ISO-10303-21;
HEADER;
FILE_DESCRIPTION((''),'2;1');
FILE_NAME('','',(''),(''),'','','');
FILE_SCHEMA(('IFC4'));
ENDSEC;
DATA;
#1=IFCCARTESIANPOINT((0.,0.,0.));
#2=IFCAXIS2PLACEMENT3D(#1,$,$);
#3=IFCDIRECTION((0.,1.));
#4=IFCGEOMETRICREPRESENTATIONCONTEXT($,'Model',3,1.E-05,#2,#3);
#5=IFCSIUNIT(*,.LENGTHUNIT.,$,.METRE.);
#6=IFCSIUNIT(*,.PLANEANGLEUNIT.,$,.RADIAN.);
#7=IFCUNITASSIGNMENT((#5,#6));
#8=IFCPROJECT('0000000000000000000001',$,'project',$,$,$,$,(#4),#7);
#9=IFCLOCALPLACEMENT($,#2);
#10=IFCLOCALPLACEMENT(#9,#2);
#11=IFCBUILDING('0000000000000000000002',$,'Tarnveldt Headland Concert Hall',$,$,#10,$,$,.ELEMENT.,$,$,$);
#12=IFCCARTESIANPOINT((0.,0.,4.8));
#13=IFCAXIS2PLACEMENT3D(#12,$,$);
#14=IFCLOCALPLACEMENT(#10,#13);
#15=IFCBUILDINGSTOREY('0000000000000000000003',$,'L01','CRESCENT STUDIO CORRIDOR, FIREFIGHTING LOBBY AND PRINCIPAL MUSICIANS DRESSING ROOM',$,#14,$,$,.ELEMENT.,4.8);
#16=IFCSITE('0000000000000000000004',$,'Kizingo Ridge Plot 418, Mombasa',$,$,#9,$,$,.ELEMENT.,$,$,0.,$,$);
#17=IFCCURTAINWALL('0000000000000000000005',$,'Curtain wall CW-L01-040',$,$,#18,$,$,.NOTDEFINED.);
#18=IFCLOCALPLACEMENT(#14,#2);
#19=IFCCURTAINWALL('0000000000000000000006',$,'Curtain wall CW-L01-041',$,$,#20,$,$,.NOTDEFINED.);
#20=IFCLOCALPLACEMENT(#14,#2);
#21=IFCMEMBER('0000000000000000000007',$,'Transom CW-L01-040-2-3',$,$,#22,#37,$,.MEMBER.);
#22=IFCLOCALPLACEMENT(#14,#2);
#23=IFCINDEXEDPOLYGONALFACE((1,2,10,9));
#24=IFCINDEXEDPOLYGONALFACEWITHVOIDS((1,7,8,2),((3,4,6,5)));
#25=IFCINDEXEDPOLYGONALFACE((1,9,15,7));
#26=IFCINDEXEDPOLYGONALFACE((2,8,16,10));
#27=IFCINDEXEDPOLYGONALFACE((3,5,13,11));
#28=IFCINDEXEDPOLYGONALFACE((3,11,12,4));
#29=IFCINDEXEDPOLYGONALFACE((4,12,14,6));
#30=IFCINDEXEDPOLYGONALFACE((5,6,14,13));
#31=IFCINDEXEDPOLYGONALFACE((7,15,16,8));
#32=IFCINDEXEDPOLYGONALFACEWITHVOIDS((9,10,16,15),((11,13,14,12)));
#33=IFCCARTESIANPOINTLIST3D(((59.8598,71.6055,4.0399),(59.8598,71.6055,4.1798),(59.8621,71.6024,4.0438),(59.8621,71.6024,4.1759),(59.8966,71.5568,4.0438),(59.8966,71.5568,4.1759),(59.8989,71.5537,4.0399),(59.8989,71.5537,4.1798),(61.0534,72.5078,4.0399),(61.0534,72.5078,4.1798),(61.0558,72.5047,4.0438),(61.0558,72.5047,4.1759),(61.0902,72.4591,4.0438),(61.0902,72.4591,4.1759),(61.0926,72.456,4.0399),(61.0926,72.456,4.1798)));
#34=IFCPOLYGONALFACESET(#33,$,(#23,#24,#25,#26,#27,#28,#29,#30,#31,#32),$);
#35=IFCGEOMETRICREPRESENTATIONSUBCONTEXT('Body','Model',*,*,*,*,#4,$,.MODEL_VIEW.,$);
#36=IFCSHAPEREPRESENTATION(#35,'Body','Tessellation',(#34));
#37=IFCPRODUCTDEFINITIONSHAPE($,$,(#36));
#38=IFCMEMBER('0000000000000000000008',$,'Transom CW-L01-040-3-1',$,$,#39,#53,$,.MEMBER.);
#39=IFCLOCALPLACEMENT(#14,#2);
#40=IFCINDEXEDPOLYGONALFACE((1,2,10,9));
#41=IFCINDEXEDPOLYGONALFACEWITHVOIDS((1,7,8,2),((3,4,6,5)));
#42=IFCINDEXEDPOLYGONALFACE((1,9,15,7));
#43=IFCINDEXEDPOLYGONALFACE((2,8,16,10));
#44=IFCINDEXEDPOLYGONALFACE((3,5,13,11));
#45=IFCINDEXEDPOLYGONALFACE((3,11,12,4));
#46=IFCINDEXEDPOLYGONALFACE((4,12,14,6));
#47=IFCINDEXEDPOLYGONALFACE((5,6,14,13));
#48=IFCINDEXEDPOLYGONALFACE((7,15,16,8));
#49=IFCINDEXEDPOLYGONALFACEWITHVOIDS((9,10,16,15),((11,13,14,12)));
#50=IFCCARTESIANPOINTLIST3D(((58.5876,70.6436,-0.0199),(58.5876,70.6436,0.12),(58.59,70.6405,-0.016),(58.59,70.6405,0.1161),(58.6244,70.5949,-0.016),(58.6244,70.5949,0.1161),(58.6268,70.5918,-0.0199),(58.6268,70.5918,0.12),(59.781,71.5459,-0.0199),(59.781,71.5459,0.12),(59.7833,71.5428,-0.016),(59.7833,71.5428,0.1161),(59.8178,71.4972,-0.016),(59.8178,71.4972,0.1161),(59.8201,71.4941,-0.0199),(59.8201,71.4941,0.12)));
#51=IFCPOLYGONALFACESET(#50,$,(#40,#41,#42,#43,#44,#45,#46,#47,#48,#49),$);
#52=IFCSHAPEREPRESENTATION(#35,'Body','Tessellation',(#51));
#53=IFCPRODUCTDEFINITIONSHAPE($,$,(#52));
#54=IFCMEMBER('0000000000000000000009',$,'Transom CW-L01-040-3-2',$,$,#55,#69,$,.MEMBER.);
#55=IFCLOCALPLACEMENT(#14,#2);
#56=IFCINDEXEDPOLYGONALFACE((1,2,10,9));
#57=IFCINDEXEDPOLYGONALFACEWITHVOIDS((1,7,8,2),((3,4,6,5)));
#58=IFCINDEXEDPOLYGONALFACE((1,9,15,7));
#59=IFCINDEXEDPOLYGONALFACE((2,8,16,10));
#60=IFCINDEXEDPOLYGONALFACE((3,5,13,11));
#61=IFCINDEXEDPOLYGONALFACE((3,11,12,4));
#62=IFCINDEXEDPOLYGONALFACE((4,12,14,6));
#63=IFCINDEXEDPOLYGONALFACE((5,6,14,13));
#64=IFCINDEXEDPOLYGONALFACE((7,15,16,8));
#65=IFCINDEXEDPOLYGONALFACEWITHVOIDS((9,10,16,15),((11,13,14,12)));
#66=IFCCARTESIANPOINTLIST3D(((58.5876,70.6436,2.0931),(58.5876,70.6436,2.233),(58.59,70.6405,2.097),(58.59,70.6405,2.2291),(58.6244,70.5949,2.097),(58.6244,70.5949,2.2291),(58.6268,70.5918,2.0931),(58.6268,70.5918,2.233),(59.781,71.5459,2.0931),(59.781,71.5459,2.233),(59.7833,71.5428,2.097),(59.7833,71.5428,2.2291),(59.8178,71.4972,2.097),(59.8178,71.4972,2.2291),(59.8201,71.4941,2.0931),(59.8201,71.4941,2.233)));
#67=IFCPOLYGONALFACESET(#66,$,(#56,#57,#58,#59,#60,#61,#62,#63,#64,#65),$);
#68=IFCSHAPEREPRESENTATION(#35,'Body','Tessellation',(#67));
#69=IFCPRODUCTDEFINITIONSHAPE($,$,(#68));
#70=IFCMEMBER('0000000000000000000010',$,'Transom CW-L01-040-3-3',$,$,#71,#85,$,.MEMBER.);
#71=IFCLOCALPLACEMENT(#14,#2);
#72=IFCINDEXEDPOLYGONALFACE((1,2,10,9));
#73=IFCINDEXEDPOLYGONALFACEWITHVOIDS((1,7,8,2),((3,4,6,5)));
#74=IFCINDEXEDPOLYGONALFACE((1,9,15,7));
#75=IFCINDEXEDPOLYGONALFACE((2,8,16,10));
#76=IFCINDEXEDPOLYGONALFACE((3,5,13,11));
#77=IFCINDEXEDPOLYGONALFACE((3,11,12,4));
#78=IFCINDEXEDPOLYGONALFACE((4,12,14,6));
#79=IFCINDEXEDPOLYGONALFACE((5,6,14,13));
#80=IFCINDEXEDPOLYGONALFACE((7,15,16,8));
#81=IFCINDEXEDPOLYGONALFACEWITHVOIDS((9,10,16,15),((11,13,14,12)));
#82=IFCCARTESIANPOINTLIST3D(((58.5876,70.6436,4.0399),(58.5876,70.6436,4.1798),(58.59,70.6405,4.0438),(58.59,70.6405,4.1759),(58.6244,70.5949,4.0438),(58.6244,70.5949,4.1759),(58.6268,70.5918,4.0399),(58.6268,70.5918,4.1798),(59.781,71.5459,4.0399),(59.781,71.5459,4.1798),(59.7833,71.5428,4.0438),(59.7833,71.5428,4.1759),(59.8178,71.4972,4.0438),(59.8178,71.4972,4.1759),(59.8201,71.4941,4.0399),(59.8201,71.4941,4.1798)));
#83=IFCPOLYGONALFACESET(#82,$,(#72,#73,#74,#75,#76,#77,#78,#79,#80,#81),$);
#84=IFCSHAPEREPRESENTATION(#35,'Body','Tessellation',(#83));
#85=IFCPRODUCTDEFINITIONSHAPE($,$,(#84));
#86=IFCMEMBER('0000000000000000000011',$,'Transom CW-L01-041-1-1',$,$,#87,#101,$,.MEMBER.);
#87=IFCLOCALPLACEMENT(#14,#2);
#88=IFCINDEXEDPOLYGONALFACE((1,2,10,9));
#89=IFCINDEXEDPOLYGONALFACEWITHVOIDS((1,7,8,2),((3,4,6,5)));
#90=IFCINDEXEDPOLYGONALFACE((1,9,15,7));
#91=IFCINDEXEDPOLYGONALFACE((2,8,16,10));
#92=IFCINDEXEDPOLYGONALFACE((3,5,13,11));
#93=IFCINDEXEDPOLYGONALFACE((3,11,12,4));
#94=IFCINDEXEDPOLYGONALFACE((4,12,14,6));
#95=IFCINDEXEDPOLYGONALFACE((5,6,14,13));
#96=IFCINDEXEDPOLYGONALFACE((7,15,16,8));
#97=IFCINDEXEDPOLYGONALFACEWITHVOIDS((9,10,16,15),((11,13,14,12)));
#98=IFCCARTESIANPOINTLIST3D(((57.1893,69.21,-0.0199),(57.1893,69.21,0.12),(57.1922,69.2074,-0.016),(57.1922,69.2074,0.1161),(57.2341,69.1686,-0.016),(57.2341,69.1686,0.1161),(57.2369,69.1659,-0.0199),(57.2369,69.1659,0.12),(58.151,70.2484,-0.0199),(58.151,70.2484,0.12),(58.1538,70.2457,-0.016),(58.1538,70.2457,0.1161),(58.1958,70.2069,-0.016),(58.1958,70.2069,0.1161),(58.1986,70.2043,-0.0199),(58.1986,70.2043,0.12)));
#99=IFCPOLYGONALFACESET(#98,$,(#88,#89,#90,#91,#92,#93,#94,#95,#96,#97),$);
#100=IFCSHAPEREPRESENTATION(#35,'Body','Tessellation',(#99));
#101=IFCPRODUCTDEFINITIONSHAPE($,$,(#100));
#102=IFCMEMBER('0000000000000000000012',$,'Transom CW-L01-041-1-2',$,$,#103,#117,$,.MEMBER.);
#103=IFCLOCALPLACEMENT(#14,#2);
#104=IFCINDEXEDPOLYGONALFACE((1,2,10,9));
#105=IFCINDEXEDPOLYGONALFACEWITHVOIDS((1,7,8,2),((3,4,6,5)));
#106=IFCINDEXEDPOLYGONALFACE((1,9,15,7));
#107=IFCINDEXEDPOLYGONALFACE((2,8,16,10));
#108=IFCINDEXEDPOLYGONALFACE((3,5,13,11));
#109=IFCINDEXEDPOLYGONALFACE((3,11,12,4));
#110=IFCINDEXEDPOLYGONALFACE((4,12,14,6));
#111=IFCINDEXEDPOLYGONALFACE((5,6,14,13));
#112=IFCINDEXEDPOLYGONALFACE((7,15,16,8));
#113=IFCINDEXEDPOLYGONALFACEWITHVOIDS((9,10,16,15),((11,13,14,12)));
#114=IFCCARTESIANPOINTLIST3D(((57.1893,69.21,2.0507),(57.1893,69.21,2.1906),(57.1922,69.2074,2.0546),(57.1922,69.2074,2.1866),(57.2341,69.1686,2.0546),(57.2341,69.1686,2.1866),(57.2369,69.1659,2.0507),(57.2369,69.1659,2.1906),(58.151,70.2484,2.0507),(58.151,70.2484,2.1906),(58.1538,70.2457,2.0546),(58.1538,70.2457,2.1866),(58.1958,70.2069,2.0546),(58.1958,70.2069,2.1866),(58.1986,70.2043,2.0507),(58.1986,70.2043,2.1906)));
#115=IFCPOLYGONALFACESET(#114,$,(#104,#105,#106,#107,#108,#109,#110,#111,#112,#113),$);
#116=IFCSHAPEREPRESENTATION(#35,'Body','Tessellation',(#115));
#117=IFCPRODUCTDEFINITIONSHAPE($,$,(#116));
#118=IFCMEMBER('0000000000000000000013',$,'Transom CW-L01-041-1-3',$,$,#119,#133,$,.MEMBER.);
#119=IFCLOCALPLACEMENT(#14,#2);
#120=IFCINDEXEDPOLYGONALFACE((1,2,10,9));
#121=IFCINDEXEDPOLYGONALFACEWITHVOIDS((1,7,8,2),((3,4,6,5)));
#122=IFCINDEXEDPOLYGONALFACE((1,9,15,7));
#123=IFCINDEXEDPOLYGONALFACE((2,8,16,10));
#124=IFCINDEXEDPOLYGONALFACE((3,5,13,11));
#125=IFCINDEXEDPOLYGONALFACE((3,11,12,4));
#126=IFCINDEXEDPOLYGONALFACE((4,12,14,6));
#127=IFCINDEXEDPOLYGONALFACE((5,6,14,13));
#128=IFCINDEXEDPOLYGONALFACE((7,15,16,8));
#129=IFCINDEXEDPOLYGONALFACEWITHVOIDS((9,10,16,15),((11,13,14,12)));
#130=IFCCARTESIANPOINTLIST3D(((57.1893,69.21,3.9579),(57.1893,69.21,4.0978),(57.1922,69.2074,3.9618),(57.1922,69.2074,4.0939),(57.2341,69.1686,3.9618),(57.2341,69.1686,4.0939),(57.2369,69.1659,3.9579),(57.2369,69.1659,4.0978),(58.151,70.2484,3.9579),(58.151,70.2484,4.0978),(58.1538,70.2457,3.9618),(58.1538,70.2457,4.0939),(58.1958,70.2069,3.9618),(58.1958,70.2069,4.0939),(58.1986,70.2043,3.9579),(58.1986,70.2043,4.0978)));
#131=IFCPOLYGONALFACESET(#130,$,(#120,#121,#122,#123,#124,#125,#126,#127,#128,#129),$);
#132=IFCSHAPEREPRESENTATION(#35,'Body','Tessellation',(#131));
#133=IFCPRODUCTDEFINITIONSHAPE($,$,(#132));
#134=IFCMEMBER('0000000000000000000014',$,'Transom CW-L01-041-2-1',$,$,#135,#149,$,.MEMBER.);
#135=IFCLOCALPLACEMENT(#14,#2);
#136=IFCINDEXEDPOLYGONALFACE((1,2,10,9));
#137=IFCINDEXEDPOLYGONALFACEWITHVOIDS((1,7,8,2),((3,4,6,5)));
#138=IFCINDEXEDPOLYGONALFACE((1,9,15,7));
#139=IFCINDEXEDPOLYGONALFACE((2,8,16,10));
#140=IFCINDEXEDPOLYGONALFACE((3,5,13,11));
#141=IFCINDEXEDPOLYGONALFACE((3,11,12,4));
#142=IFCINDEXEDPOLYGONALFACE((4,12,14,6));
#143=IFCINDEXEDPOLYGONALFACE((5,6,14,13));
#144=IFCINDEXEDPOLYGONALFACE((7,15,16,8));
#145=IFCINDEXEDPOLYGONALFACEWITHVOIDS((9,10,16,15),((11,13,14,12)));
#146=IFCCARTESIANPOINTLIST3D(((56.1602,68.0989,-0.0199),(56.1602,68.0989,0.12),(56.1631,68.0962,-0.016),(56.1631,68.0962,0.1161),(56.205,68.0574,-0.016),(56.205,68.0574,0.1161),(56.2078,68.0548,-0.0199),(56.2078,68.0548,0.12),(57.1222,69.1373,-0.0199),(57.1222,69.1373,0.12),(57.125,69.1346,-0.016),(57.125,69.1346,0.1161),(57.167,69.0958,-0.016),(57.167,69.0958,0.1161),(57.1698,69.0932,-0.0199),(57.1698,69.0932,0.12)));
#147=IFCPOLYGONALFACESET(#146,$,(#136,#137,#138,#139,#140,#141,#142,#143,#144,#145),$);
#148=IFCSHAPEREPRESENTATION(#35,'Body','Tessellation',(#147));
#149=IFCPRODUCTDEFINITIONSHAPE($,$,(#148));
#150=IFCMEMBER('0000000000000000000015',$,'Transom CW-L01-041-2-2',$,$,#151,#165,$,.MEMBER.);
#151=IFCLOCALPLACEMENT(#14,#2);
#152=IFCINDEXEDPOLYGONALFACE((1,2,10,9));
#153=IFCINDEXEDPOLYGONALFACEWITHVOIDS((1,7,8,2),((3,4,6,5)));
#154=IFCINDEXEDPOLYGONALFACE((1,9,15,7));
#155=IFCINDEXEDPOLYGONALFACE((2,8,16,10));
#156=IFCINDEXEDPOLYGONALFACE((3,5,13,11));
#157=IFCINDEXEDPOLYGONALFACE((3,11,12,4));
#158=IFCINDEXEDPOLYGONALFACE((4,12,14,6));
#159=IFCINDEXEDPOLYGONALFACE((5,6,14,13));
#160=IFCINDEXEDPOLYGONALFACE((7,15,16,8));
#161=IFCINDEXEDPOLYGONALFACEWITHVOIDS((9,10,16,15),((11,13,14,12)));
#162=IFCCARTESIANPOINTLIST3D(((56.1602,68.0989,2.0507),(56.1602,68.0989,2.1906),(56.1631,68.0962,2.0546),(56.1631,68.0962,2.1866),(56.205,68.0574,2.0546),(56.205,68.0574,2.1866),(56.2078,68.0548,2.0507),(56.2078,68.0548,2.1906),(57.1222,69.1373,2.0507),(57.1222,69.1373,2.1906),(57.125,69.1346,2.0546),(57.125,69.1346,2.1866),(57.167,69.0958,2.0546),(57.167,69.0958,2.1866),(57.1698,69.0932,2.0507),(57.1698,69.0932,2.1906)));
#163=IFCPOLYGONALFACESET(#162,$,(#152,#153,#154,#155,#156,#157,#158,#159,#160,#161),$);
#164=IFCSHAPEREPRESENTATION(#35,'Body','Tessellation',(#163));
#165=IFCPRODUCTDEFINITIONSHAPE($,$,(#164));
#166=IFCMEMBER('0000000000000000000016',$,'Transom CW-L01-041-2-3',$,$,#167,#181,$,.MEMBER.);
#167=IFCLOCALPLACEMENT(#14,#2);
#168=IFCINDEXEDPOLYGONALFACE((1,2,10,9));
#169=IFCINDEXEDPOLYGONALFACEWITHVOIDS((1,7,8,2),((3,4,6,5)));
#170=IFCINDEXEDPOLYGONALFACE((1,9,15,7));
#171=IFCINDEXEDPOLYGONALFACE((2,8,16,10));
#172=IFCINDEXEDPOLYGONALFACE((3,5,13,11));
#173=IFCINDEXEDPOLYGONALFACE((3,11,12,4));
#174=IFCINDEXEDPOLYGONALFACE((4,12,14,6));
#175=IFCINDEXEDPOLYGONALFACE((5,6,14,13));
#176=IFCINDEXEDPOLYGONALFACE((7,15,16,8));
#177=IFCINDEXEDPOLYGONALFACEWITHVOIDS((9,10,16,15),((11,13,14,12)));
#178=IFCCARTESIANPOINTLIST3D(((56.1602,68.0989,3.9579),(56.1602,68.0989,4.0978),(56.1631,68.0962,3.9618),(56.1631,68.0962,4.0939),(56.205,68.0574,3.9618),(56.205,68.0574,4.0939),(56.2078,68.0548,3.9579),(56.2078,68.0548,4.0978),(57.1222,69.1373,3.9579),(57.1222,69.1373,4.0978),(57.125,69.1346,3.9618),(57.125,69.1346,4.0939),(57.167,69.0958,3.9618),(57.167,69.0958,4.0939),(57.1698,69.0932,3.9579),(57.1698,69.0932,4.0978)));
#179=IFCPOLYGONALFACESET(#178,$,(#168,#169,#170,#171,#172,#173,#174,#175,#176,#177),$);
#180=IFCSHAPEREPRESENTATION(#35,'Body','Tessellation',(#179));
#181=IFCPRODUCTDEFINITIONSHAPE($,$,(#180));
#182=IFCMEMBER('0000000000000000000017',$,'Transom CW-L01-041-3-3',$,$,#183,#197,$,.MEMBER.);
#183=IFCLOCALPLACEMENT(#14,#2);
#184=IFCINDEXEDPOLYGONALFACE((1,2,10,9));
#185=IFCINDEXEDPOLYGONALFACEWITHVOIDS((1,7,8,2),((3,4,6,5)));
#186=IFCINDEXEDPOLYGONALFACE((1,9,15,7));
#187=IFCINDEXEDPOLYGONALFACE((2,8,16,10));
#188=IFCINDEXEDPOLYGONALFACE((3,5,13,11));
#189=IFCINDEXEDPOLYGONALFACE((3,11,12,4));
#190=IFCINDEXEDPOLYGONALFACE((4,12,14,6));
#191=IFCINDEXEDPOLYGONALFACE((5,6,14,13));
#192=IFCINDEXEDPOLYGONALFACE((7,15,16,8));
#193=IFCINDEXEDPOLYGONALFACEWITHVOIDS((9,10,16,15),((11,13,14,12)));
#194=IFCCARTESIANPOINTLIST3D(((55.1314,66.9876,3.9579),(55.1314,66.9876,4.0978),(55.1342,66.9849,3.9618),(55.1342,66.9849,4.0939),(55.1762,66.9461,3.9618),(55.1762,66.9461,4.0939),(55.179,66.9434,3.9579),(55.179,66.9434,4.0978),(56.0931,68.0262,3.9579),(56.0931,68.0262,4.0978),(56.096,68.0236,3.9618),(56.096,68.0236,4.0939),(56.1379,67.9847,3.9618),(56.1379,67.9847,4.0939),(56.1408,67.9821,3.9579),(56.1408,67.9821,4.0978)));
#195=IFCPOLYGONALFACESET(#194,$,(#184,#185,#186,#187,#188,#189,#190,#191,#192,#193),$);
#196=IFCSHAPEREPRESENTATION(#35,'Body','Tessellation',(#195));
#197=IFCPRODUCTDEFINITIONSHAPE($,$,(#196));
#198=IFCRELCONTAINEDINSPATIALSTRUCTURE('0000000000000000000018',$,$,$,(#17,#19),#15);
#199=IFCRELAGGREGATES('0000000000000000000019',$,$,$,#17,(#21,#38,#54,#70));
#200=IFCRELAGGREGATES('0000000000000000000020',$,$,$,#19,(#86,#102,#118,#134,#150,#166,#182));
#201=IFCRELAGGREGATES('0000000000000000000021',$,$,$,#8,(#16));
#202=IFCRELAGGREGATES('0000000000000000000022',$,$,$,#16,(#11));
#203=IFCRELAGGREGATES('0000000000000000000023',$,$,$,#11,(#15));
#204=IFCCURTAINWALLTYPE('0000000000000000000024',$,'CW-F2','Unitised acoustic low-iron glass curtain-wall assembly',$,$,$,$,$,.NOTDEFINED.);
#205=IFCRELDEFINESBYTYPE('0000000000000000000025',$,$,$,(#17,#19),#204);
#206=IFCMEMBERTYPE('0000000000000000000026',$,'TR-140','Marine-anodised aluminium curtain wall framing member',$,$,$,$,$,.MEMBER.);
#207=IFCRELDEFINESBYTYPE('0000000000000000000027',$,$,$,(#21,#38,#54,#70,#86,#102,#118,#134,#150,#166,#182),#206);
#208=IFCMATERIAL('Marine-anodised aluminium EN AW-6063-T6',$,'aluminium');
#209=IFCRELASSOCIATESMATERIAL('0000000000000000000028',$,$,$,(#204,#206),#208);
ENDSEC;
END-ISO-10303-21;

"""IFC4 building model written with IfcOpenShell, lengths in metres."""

from ifc_helpers import new_model, si_unit, direction, frame, origin, origin_2d, place, context, subcontext, project, spatial, hollow_rectangle, extrude, material, material_profile, profile_set, type_object, element, aggregate, save


model = new_model("IFC4")

# Units and contexts
model_context = context("Model", 3, precision=1e-05, world=origin(), true_north=direction((0.0, 1.0)))
body_context = subcontext(model_context, "Body", "Model", "MODEL_VIEW")
ifc_project = project(units=[si_unit("LENGTHUNIT", "METRE"), si_unit("PLANEANGLEUNIT", "RADIAN")], contexts=[model_context])

# Site, building, storey
site_placement = place(None, origin())
site = spatial("IfcSite", under=ifc_project, at=site_placement, Name="Kizingo Ridge Plot 418, Mombasa", CompositionType="ELEMENT", RefElevation=0.0)
building_placement = place(site_placement, origin())
building = spatial("IfcBuilding", under=site, at=building_placement, Name="Tarnveldt Headland Concert Hall", CompositionType="ELEMENT")
storey_placement = place(building_placement, frame((0.0, 0.0, 4.8)))
storey = spatial("IfcBuildingStorey", under=building, at=storey_placement, Name="L01", Description="CRESCENT STUDIO CORRIDOR, FIREFIGHTING LOBBY AND PRINCIPAL MUSICIANS DRESSING ROOM", CompositionType="ELEMENT", Elevation=4.8)

# Curtain walls
ifc_material_1 = material(Name="Marine-anodised aluminium EN AW-6063-T6", Category="aluminium")
curtain_wall_type = type_object("IfcCurtainWallType", Name="CW-F2", Description="Unitised acoustic low-iron glass curtain-wall assembly", PredefinedType="NOTDEFINED", material=ifc_material_1)
curtain_wall_1_placement = place(storey_placement, origin())
curtain_wall_1 = element("IfcCurtainWall", 1, at=curtain_wall_1_placement, inside=storey, type_object=curtain_wall_type, Name="Curtain wall CW-L01-040", PredefinedType="NOTDEFINED")
curtain_wall_2_placement = place(storey_placement, origin())
curtain_wall_2 = element("IfcCurtainWall", 2, at=curtain_wall_2_placement, inside=storey, type_object=curtain_wall_type, Name="Curtain wall CW-L01-041", PredefinedType="NOTDEFINED")

# Members
ifc_material_profile_1 = material_profile(ifc_material_1, hollow_rectangle(XDim=0.0649, YDim=0.1399, WallThickness=0.0039, at=origin_2d()), Name="ALU TRANSOM 65x140x4", Category="aluminium")
ifc_profile_set_1 = profile_set([ifc_material_profile_1], Name="Marine-anodised aluminium EN AW-6063-T6")
member_type_1 = type_object("IfcMemberType", Name="TR-140", Description="Marine-anodised aluminium curtain wall framing member", PredefinedType="MEMBER", material=ifc_profile_set_1)
member_1_placement = place(storey_placement, frame((61.073, 72.4819, 4.1099), z_axis=(-0.797703, -0.60305, 0.0), x_axis=(0.60305, -0.797703, 0.0)))
member_1 = element("IfcMember", 3, at=member_1_placement, type_object=member_type_1, Name="Transom CW-L01-040-2-3", PredefinedType="MEMBER", context=body_context, shape_type="SweptSolid", body=[
    extrude(hollow_rectangle(XDim=0.0649, YDim=0.1399, WallThickness=0.0039, at=origin_2d()), origin(), (0.0, 0.0, 1.0), 1.4963),
])
member_2_placement = place(storey_placement, frame((59.8005, 71.52, 0.05), z_axis=(-0.797644, -0.603129, 0.0), x_axis=(0.603129, -0.797644, 0.0)))
member_2 = element("IfcMember", 4, at=member_2_placement, type_object=member_type_1, Name="Transom CW-L01-040-3-1", PredefinedType="MEMBER", context=body_context, shape_type="SweptSolid", body=[
    extrude(hollow_rectangle(XDim=0.0649, YDim=0.1399, WallThickness=0.0039, at=origin_2d()), origin(), (0.0, 0.0, 1.0), 1.4961),
])
member_3_placement = place(storey_placement, frame((59.8005, 71.52, 2.1631), z_axis=(-0.797644, -0.603129, 0.0), x_axis=(0.603129, -0.797644, 0.0)))
member_3 = element("IfcMember", 5, at=member_3_placement, type_object=member_type_1, Name="Transom CW-L01-040-3-2", PredefinedType="MEMBER", context=body_context, shape_type="SweptSolid", body=[
    extrude(hollow_rectangle(XDim=0.0649, YDim=0.1399, WallThickness=0.0039, at=origin_2d()), origin(), (0.0, 0.0, 1.0), 1.4961),
])
member_4_placement = place(storey_placement, frame((59.8005, 71.52, 4.1099), z_axis=(-0.797644, -0.603129, 0.0), x_axis=(0.603129, -0.797644, 0.0)))
member_4 = element("IfcMember", 6, at=member_4_placement, type_object=member_type_1, Name="Transom CW-L01-040-3-3", PredefinedType="MEMBER", context=body_context, shape_type="SweptSolid", body=[
    extrude(hollow_rectangle(XDim=0.0649, YDim=0.1399, WallThickness=0.0039, at=origin_2d()), origin(), (0.0, 0.0, 1.0), 1.4961),
])
member_5_placement = place(storey_placement, frame((58.1748, 70.2263, 0.05), z_axis=(-0.679504, -0.733671, 0.0), x_axis=(0.733671, -0.679504, 0.0)))
member_5 = element("IfcMember", 7, at=member_5_placement, type_object=member_type_1, Name="Transom CW-L01-041-1-1", PredefinedType="MEMBER", context=body_context, shape_type="SweptSolid", body=[
    extrude(hollow_rectangle(XDim=0.0649, YDim=0.1399, WallThickness=0.0039, at=origin_2d()), origin(), (0.0, 0.0, 1.0), 1.4153),
])
member_6_placement = place(storey_placement, frame((58.1748, 70.2263, 2.1206), z_axis=(-0.679504, -0.733671, 0.0), x_axis=(0.733671, -0.679504, 0.0)))
member_6 = element("IfcMember", 8, at=member_6_placement, type_object=member_type_1, Name="Transom CW-L01-041-1-2", PredefinedType="MEMBER", context=body_context, shape_type="SweptSolid", body=[
    extrude(hollow_rectangle(XDim=0.0649, YDim=0.1399, WallThickness=0.0039, at=origin_2d()), origin(), (0.0, 0.0, 1.0), 1.4153),
])
member_7_placement = place(storey_placement, frame((58.1748, 70.2263, 4.0278), z_axis=(-0.679504, -0.733671, 0.0), x_axis=(0.733671, -0.679504, 0.0)))
member_7 = element("IfcMember", 9, at=member_7_placement, type_object=member_type_1, Name="Transom CW-L01-041-1-3", PredefinedType="MEMBER", context=body_context, shape_type="SweptSolid", body=[
    extrude(hollow_rectangle(XDim=0.0649, YDim=0.1399, WallThickness=0.0039, at=origin_2d()), origin(), (0.0, 0.0, 1.0), 1.4153),
])
member_8_placement = place(storey_placement, frame((57.146, 69.1152, 0.05), z_axis=(-0.679597, -0.733585, 0.0), x_axis=(0.733585, -0.679597, 0.0)))
member_8 = element("IfcMember", 10, at=member_8_placement, type_object=member_type_1, Name="Transom CW-L01-041-2-1", PredefinedType="MEMBER", context=body_context, shape_type="SweptSolid", body=[
    extrude(hollow_rectangle(XDim=0.0649, YDim=0.1399, WallThickness=0.0039, at=origin_2d()), origin(), (0.0, 0.0, 1.0), 1.4155),
])
member_9_placement = place(storey_placement, frame((57.146, 69.1152, 2.1206), z_axis=(-0.679597, -0.733585, 0.0), x_axis=(0.733585, -0.679597, 0.0)))
member_9 = element("IfcMember", 11, at=member_9_placement, type_object=member_type_1, Name="Transom CW-L01-041-2-2", PredefinedType="MEMBER", context=body_context, shape_type="SweptSolid", body=[
    extrude(hollow_rectangle(XDim=0.0649, YDim=0.1399, WallThickness=0.0039, at=origin_2d()), origin(), (0.0, 0.0, 1.0), 1.4155),
])
member_10_placement = place(storey_placement, frame((57.146, 69.1152, 4.0278), z_axis=(-0.679597, -0.733585, 0.0), x_axis=(0.733585, -0.679597, 0.0)))
member_10 = element("IfcMember", 12, at=member_10_placement, type_object=member_type_1, Name="Transom CW-L01-041-2-3", PredefinedType="MEMBER", context=body_context, shape_type="SweptSolid", body=[
    extrude(hollow_rectangle(XDim=0.0649, YDim=0.1399, WallThickness=0.0039, at=origin_2d()), origin(), (0.0, 0.0, 1.0), 1.4155),
])
member_11_placement = place(storey_placement, frame((56.1169, 68.0042, 4.0278), z_axis=(-0.679418, -0.733751, 0.0), x_axis=(0.733751, -0.679418, 0.0)))
member_11 = element("IfcMember", 13, at=member_11_placement, type_object=member_type_1, Name="Transom CW-L01-041-3-3", PredefinedType="MEMBER", context=body_context, shape_type="SweptSolid", body=[
    extrude(hollow_rectangle(XDim=0.0649, YDim=0.1399, WallThickness=0.0039, at=origin_2d()), origin(), (0.0, 0.0, 1.0), 1.4155),
])

aggregate(curtain_wall_1, [member_1, member_2, member_3, member_4])
aggregate(curtain_wall_2, [member_5, member_6, member_7, member_8, member_9, member_10, member_11])

save(model, "model.ifc")
